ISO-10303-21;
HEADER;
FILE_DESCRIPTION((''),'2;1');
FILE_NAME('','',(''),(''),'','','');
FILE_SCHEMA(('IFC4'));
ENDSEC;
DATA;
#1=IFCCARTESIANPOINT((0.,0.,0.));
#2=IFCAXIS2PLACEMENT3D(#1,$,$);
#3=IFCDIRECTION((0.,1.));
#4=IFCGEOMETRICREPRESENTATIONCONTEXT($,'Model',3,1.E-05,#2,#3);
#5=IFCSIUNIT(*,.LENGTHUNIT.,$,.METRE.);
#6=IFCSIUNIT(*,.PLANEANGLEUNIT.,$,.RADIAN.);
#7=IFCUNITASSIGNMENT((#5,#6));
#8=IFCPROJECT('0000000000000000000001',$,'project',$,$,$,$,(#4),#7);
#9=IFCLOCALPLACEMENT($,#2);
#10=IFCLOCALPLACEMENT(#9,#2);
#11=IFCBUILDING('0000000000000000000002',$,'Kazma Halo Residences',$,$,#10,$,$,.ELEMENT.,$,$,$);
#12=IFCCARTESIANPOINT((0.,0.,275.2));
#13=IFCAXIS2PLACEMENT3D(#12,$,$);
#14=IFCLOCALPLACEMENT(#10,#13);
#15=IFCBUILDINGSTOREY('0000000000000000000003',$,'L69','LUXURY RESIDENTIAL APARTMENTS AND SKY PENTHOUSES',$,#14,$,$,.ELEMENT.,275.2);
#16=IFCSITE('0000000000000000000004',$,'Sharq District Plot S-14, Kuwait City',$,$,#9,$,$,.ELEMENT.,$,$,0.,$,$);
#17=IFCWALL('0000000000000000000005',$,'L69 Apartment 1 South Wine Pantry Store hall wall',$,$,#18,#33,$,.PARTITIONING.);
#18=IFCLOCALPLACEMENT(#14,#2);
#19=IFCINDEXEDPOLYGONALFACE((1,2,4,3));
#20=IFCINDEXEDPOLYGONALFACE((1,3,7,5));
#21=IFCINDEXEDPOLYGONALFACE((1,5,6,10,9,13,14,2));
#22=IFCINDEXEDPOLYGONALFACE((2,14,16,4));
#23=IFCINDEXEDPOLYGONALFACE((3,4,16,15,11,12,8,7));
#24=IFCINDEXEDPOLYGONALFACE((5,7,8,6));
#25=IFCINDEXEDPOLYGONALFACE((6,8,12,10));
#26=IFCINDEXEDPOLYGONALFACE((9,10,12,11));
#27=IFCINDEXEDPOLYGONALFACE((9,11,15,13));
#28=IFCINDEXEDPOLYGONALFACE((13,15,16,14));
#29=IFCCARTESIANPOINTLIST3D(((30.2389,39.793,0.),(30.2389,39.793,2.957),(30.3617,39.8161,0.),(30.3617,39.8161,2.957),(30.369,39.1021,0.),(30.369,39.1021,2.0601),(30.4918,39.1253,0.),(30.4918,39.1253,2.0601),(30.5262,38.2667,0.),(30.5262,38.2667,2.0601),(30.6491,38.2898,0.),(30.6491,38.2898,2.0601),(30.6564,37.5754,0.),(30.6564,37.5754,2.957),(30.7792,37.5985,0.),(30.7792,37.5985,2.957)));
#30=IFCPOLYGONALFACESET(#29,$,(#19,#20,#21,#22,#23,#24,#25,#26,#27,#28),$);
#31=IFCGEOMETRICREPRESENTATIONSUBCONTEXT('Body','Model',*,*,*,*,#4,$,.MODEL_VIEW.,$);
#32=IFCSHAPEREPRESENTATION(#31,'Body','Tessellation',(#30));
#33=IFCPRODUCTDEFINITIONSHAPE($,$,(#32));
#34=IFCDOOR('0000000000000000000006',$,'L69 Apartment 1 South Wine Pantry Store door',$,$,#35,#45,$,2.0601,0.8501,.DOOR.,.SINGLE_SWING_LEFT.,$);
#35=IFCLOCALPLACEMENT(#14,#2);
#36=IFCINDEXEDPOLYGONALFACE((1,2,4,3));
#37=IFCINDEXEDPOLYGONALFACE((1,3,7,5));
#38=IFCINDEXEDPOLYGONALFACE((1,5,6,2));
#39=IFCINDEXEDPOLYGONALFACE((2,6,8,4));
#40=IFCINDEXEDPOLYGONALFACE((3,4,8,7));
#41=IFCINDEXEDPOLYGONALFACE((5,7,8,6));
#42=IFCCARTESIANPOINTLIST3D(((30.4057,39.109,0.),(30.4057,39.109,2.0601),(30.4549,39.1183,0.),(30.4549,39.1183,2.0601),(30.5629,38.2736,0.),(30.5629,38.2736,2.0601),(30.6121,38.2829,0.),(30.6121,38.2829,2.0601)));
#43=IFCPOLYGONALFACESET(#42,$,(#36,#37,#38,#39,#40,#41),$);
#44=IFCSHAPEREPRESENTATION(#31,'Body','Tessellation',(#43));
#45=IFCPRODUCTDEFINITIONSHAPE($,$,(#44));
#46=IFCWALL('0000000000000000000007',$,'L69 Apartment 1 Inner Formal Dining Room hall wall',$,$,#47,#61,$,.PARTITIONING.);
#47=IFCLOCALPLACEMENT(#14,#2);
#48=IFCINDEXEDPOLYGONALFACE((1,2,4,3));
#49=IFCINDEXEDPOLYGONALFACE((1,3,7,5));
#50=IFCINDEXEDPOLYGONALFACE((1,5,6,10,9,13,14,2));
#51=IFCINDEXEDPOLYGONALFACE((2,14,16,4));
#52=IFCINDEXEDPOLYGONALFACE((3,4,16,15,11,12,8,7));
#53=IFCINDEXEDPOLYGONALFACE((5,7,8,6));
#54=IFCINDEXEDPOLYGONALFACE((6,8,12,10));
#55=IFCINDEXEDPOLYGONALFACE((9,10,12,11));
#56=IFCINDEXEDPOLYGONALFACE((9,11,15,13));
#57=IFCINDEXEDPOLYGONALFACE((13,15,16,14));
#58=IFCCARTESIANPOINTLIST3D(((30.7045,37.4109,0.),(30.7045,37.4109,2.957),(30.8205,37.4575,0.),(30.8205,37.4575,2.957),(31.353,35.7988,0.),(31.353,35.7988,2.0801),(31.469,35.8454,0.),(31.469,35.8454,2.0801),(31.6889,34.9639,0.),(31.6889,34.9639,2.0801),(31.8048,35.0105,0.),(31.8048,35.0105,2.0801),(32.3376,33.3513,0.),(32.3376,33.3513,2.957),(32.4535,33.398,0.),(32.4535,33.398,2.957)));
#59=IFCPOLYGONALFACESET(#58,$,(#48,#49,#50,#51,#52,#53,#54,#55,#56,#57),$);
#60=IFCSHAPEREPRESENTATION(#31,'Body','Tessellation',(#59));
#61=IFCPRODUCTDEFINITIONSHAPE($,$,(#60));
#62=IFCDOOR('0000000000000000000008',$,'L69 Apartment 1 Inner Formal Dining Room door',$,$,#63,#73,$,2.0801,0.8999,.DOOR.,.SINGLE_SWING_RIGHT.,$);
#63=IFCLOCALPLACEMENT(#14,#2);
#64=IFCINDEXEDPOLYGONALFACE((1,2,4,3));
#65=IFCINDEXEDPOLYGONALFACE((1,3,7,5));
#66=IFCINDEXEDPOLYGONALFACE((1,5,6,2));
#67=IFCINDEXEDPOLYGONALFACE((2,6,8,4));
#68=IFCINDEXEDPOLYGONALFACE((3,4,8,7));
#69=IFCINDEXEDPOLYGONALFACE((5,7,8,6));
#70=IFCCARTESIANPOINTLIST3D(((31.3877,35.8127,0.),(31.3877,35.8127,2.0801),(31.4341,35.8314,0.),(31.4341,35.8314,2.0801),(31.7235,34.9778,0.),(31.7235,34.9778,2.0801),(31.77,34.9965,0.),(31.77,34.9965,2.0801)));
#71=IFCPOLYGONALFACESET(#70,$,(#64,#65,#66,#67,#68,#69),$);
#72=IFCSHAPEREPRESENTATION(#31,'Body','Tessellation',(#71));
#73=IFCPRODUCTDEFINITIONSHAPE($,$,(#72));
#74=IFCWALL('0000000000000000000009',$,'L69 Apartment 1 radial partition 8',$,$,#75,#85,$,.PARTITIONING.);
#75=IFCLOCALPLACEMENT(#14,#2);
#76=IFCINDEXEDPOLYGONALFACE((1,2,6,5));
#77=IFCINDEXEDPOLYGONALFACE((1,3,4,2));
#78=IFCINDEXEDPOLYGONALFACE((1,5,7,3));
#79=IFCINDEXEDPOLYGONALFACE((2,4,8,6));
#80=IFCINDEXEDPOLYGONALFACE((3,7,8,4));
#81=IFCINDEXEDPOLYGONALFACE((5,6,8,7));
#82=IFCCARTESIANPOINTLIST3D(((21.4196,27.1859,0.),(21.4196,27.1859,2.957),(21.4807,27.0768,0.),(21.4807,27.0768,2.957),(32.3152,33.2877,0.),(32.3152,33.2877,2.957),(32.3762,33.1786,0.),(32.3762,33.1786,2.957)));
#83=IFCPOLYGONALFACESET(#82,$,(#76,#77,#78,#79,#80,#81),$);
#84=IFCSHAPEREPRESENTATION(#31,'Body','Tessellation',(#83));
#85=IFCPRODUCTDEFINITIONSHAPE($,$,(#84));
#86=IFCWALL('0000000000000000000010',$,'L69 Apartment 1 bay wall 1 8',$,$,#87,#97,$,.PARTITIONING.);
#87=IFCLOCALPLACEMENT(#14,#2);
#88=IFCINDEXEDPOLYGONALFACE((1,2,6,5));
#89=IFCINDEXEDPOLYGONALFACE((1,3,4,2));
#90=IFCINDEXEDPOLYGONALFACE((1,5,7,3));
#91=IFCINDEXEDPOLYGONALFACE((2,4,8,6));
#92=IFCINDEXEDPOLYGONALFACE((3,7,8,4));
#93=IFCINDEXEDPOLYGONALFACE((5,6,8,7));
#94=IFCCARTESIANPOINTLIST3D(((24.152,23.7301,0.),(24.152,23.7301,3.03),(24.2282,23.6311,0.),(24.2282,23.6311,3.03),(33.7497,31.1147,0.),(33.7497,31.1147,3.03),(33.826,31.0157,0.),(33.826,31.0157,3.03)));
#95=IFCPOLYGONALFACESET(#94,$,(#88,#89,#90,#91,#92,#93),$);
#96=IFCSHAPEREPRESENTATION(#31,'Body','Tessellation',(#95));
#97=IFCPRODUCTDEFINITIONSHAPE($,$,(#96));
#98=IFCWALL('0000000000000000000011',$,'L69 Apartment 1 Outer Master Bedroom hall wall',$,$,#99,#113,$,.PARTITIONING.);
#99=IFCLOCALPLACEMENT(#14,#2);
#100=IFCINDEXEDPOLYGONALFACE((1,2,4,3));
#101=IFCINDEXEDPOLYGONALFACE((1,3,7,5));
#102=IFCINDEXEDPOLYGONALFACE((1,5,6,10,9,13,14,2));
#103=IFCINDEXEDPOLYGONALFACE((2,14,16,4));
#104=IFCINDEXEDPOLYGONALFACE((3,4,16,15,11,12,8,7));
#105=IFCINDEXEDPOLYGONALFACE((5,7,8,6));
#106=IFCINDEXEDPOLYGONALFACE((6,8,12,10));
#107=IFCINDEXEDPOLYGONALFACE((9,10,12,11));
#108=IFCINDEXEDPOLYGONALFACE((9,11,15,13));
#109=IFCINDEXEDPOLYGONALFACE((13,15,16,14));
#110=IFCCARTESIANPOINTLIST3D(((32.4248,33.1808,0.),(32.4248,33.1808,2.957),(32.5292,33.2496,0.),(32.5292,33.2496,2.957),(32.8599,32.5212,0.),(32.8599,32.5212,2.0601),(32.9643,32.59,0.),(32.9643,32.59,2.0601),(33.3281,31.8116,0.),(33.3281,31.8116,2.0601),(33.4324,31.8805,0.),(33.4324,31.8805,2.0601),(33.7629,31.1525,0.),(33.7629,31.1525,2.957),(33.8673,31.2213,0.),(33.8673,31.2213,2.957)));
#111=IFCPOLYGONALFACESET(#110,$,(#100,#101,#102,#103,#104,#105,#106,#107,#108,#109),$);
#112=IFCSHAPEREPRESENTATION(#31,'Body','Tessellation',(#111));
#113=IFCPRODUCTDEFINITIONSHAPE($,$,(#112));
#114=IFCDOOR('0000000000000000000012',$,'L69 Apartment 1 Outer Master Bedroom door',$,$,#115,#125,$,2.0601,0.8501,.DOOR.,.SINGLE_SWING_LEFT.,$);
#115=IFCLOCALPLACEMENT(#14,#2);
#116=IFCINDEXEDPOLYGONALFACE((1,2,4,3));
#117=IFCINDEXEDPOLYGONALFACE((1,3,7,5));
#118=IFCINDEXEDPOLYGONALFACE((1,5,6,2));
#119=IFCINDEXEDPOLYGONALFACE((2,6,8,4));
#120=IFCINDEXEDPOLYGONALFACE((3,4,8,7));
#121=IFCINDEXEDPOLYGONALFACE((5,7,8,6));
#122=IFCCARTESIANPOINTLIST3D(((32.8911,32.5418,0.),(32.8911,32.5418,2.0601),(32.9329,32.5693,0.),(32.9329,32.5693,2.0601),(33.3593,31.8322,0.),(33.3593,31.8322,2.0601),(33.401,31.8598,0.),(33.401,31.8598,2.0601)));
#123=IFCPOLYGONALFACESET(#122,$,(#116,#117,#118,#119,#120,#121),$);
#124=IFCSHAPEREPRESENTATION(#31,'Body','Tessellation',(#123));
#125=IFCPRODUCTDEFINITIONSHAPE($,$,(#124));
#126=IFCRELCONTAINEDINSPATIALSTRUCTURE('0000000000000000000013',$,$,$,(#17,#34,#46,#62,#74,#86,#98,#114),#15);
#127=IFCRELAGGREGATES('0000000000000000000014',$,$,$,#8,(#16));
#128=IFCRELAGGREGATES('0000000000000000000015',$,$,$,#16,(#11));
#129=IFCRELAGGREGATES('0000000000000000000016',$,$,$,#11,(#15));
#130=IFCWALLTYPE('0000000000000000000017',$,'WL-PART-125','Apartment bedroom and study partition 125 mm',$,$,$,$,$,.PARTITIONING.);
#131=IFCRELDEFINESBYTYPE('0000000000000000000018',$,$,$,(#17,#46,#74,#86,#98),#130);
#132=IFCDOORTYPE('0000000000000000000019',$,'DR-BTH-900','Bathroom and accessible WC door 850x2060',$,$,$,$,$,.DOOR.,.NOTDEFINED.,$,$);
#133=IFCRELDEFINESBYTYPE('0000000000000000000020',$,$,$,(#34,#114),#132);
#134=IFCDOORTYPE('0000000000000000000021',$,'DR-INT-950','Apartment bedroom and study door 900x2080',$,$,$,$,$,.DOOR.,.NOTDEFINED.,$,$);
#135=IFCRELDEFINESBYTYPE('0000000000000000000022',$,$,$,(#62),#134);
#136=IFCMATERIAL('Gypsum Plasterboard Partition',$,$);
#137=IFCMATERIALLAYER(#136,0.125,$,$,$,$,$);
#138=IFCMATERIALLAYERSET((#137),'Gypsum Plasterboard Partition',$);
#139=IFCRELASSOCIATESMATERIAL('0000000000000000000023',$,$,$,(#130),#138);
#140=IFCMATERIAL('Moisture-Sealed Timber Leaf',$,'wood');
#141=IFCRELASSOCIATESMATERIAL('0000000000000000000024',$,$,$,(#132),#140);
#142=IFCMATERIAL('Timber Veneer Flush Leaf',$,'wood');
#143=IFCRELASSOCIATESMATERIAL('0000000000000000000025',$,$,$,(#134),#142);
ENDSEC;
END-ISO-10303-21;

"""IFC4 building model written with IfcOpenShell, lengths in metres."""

from ifc_helpers import new_model, si_unit, direction, frame, frame_2d, origin, place, context, subcontext, project, spatial, rectangle, extrude, material, layer, layer_set, type_object, element, fill, save


model = new_model("IFC4")

# Units and contexts
model_context = context("Model", 3, precision=1e-05, world=origin(), true_north=direction((0.0, 1.0)))
body_context = subcontext(model_context, "Body", "Model", "MODEL_VIEW")
ifc_project = project(units=[si_unit("LENGTHUNIT", "METRE"), si_unit("PLANEANGLEUNIT", "RADIAN")], contexts=[model_context])

# Site, building, storey
site_placement = place(None, origin())
site = spatial("IfcSite", under=ifc_project, at=site_placement, Name="Sharq District Plot S-14, Kuwait City", CompositionType="ELEMENT", RefElevation=0.0)
building_placement = place(site_placement, origin())
building = spatial("IfcBuilding", under=site, at=building_placement, Name="Kazma Halo Residences", CompositionType="ELEMENT")
storey_placement = place(building_placement, frame((0.0, 0.0, 275.2)))
storey = spatial("IfcBuildingStorey", under=building, at=storey_placement, Name="L69", Description="LUXURY RESIDENTIAL APARTMENTS AND SKY PENTHOUSES", CompositionType="ELEMENT", Elevation=275.2)

# Shared definitions
ifc_material_1 = material(Name="Gypsum Plasterboard Partition")
ifc_layer_1 = layer(ifc_material_1, 0.125)
ifc_layer_set_1 = layer_set([ifc_layer_1], Name="Gypsum Plasterboard Partition")
wall_type_1 = type_object("IfcWallType", Name="WL-PART-125", Description="Apartment bedroom and study partition 125 mm", PredefinedType="PARTITIONING", material=ifc_layer_set_1)

# Walls, openings, doors
wall_1_placement = place(storey_placement, frame((30.3003, 39.8047, 0.0), z_axis=(0.0, 0.0, 1.0), x_axis=(0.185014, -0.982736, 0.0)))
wall_1 = element("IfcWall", 1, at=wall_1_placement, inside=storey, type_object=wall_type_1, Name="L69 Apartment 1 South Wine Pantry Store hall wall", PredefinedType="PARTITIONING", context=body_context, shape_type="SweptSolid", body=[
    extrude(rectangle(XDim=2.2566, YDim=0.125, at=frame_2d((1.1284, 0.0))), origin(), (0.0, 0.0, 1.0), 2.957),
])
opening_1_placement = place(wall_1_placement, frame((0.7031, 0.0, 0.0)))
opening_1 = element("IfcOpeningElement", 2, at=opening_1_placement, cuts=wall_1, PredefinedType="OPENING", context=body_context, shape_type="SweptSolid", body=[
    extrude(rectangle(XDim=0.8501, YDim=2.0601, at=frame_2d((0.425, 1.03))), frame((0.0, 0.0725, 0.0), z_axis=(0.0, -1.0, 0.0), x_axis=(1.0, 0.0, 0.0)), (0.0, 0.0, 1.0), 0.145),
])
ifc_material_2 = material(Name="Moisture-Sealed Timber Leaf", Category="wood")
door_type_1 = type_object("IfcDoorType", Name="DR-BTH-900", Description="Bathroom and accessible WC door 850x2060", OperationType="NOTDEFINED", PredefinedType="DOOR", material=ifc_material_2)
door_1_placement = place(opening_1_placement, origin())
door_1 = element("IfcDoor", 3, at=door_1_placement, inside=storey, type_object=door_type_1, Name="L69 Apartment 1 South Wine Pantry Store door", OperationType="SINGLE_SWING_LEFT", OverallHeight=2.0601, OverallWidth=0.8501, PredefinedType="DOOR", context=body_context, shape_type="SweptSolid", body=[
    extrude(rectangle(XDim=0.8501, YDim=2.0601, at=frame_2d((0.425, 1.03))), frame((0.0, 0.0249, 0.0), z_axis=(0.0, -1.0, 0.0), x_axis=(1.0, 0.0, 0.0)), (0.0, 0.0, 1.0), 0.05),
])
fill(opening_1, door_1)
wall_2_placement = place(storey_placement, frame((30.7625, 37.4343, 0.0), z_axis=(0.0, 0.0, 1.0), x_axis=(0.373208, -0.927748, 0.0)))
wall_2 = element("IfcWall", 4, at=wall_2_placement, inside=storey, type_object=wall_type_1, Name="L69 Apartment 1 Inner Formal Dining Room hall wall", PredefinedType="PARTITIONING", context=body_context, shape_type="SweptSolid", body=[
    extrude(rectangle(XDim=4.3757, YDim=0.125, at=frame_2d((2.188, 0.0))), origin(), (0.0, 0.0, 1.0), 2.957),
])
opening_2_placement = place(wall_2_placement, frame((1.7378, 0.0, 0.0)))
opening_2 = element("IfcOpeningElement", 5, at=opening_2_placement, cuts=wall_2, PredefinedType="OPENING", context=body_context, shape_type="SweptSolid", body=[
    extrude(rectangle(XDim=0.8999, YDim=2.0801, at=frame_2d((0.45, 1.04))), frame((0.0, 0.0725, 0.0), z_axis=(0.0, -1.0, 0.0), x_axis=(1.0, 0.0, 0.0)), (0.0, 0.0, 1.0), 0.145),
])
ifc_material_3 = material(Name="Timber Veneer Flush Leaf", Category="wood")
door_type_2 = type_object("IfcDoorType", Name="DR-INT-950", Description="Apartment bedroom and study door 900x2080", OperationType="NOTDEFINED", PredefinedType="DOOR", material=ifc_material_3)
door_2_placement = place(opening_2_placement, origin())
door_2 = element("IfcDoor", 6, at=door_2_placement, inside=storey, type_object=door_type_2, Name="L69 Apartment 1 Inner Formal Dining Room door", OperationType="SINGLE_SWING_RIGHT", OverallHeight=2.0801, OverallWidth=0.8999, PredefinedType="DOOR", context=body_context, shape_type="SweptSolid", body=[
    extrude(rectangle(XDim=0.8999, YDim=2.0801, at=frame_2d((0.45, 1.04))), frame((0.0, 0.0249, 0.0), z_axis=(0.0, -1.0, 0.0), x_axis=(1.0, 0.0, 0.0)), (0.0, 0.0, 1.0), 0.05),
])
fill(opening_2, door_2)

# Walls
wall_3_placement = place(storey_placement, frame((32.3457, 33.2332, 0.0), z_axis=(0.0, 0.0, 1.0), x_axis=(-0.872495, -0.488623, 0.0)))
element("IfcWall", 7, at=wall_3_placement, inside=storey, type_object=wall_type_1, Name="L69 Apartment 1 radial partition 8", PredefinedType="PARTITIONING", context=body_context, shape_type="SweptSolid", body=[
    extrude(rectangle(XDim=12.4878, YDim=0.125, at=frame_2d((6.2439, 0.0))), origin(), (0.0, 0.0, 1.0), 2.957),
])
wall_4_placement = place(storey_placement, frame((33.7878, 31.0652, 0.0), z_axis=(0.0, 0.0, 1.0), x_axis=(-0.792556, -0.609799, 0.0)))
element("IfcWall", 8, at=wall_4_placement, inside=storey, type_object=wall_type_1, Name="L69 Apartment 1 bay wall 1 8", PredefinedType="PARTITIONING", context=body_context, shape_type="SweptSolid", body=[
    extrude(rectangle(XDim=12.1099, YDim=0.125, at=frame_2d((6.0549, 0.0))), origin(), (0.0, 0.0, 1.0), 3.03),
])

# Wall, opening, door
wall_5_placement = place(storey_placement, frame((32.4771, 33.2151, 0.0), z_axis=(0.0, 0.0, 1.0), x_axis=(0.550683, -0.834715, 0.0)))
wall_5 = element("IfcWall", 9, at=wall_5_placement, inside=storey, type_object=wall_type_1, Name="L69 Apartment 1 Outer Master Bedroom hall wall", PredefinedType="PARTITIONING", context=body_context, shape_type="SweptSolid", body=[
    extrude(rectangle(XDim=2.4299, YDim=0.125, at=frame_2d((1.2148, 0.0))), origin(), (0.0, 0.0, 1.0), 2.957),
])
opening_3_placement = place(wall_5_placement, frame((0.79, 0.0, 0.0)))
opening_3 = element("IfcOpeningElement", 10, at=opening_3_placement, cuts=wall_5, PredefinedType="OPENING", context=body_context, shape_type="SweptSolid", body=[
    extrude(rectangle(XDim=0.8501, YDim=2.0601, at=frame_2d((0.425, 1.03))), frame((0.0, 0.0725, 0.0), z_axis=(0.0, -1.0, 0.0), x_axis=(1.0, 0.0, 0.0)), (0.0, 0.0, 1.0), 0.145),
])
door_3_placement = place(opening_3_placement, origin())
door_3 = element("IfcDoor", 11, at=door_3_placement, inside=storey, type_object=door_type_1, Name="L69 Apartment 1 Outer Master Bedroom door", OperationType="SINGLE_SWING_LEFT", OverallHeight=2.0601, OverallWidth=0.8501, PredefinedType="DOOR", context=body_context, shape_type="SweptSolid", body=[
    extrude(rectangle(XDim=0.8501, YDim=2.0601, at=frame_2d((0.425, 1.03))), frame((0.0, 0.0249, 0.0), z_axis=(0.0, -1.0, 0.0), x_axis=(1.0, 0.0, 0.0)), (0.0, 0.0, 1.0), 0.05),
])
fill(opening_3, door_3)

save(model, "model.ifc")
